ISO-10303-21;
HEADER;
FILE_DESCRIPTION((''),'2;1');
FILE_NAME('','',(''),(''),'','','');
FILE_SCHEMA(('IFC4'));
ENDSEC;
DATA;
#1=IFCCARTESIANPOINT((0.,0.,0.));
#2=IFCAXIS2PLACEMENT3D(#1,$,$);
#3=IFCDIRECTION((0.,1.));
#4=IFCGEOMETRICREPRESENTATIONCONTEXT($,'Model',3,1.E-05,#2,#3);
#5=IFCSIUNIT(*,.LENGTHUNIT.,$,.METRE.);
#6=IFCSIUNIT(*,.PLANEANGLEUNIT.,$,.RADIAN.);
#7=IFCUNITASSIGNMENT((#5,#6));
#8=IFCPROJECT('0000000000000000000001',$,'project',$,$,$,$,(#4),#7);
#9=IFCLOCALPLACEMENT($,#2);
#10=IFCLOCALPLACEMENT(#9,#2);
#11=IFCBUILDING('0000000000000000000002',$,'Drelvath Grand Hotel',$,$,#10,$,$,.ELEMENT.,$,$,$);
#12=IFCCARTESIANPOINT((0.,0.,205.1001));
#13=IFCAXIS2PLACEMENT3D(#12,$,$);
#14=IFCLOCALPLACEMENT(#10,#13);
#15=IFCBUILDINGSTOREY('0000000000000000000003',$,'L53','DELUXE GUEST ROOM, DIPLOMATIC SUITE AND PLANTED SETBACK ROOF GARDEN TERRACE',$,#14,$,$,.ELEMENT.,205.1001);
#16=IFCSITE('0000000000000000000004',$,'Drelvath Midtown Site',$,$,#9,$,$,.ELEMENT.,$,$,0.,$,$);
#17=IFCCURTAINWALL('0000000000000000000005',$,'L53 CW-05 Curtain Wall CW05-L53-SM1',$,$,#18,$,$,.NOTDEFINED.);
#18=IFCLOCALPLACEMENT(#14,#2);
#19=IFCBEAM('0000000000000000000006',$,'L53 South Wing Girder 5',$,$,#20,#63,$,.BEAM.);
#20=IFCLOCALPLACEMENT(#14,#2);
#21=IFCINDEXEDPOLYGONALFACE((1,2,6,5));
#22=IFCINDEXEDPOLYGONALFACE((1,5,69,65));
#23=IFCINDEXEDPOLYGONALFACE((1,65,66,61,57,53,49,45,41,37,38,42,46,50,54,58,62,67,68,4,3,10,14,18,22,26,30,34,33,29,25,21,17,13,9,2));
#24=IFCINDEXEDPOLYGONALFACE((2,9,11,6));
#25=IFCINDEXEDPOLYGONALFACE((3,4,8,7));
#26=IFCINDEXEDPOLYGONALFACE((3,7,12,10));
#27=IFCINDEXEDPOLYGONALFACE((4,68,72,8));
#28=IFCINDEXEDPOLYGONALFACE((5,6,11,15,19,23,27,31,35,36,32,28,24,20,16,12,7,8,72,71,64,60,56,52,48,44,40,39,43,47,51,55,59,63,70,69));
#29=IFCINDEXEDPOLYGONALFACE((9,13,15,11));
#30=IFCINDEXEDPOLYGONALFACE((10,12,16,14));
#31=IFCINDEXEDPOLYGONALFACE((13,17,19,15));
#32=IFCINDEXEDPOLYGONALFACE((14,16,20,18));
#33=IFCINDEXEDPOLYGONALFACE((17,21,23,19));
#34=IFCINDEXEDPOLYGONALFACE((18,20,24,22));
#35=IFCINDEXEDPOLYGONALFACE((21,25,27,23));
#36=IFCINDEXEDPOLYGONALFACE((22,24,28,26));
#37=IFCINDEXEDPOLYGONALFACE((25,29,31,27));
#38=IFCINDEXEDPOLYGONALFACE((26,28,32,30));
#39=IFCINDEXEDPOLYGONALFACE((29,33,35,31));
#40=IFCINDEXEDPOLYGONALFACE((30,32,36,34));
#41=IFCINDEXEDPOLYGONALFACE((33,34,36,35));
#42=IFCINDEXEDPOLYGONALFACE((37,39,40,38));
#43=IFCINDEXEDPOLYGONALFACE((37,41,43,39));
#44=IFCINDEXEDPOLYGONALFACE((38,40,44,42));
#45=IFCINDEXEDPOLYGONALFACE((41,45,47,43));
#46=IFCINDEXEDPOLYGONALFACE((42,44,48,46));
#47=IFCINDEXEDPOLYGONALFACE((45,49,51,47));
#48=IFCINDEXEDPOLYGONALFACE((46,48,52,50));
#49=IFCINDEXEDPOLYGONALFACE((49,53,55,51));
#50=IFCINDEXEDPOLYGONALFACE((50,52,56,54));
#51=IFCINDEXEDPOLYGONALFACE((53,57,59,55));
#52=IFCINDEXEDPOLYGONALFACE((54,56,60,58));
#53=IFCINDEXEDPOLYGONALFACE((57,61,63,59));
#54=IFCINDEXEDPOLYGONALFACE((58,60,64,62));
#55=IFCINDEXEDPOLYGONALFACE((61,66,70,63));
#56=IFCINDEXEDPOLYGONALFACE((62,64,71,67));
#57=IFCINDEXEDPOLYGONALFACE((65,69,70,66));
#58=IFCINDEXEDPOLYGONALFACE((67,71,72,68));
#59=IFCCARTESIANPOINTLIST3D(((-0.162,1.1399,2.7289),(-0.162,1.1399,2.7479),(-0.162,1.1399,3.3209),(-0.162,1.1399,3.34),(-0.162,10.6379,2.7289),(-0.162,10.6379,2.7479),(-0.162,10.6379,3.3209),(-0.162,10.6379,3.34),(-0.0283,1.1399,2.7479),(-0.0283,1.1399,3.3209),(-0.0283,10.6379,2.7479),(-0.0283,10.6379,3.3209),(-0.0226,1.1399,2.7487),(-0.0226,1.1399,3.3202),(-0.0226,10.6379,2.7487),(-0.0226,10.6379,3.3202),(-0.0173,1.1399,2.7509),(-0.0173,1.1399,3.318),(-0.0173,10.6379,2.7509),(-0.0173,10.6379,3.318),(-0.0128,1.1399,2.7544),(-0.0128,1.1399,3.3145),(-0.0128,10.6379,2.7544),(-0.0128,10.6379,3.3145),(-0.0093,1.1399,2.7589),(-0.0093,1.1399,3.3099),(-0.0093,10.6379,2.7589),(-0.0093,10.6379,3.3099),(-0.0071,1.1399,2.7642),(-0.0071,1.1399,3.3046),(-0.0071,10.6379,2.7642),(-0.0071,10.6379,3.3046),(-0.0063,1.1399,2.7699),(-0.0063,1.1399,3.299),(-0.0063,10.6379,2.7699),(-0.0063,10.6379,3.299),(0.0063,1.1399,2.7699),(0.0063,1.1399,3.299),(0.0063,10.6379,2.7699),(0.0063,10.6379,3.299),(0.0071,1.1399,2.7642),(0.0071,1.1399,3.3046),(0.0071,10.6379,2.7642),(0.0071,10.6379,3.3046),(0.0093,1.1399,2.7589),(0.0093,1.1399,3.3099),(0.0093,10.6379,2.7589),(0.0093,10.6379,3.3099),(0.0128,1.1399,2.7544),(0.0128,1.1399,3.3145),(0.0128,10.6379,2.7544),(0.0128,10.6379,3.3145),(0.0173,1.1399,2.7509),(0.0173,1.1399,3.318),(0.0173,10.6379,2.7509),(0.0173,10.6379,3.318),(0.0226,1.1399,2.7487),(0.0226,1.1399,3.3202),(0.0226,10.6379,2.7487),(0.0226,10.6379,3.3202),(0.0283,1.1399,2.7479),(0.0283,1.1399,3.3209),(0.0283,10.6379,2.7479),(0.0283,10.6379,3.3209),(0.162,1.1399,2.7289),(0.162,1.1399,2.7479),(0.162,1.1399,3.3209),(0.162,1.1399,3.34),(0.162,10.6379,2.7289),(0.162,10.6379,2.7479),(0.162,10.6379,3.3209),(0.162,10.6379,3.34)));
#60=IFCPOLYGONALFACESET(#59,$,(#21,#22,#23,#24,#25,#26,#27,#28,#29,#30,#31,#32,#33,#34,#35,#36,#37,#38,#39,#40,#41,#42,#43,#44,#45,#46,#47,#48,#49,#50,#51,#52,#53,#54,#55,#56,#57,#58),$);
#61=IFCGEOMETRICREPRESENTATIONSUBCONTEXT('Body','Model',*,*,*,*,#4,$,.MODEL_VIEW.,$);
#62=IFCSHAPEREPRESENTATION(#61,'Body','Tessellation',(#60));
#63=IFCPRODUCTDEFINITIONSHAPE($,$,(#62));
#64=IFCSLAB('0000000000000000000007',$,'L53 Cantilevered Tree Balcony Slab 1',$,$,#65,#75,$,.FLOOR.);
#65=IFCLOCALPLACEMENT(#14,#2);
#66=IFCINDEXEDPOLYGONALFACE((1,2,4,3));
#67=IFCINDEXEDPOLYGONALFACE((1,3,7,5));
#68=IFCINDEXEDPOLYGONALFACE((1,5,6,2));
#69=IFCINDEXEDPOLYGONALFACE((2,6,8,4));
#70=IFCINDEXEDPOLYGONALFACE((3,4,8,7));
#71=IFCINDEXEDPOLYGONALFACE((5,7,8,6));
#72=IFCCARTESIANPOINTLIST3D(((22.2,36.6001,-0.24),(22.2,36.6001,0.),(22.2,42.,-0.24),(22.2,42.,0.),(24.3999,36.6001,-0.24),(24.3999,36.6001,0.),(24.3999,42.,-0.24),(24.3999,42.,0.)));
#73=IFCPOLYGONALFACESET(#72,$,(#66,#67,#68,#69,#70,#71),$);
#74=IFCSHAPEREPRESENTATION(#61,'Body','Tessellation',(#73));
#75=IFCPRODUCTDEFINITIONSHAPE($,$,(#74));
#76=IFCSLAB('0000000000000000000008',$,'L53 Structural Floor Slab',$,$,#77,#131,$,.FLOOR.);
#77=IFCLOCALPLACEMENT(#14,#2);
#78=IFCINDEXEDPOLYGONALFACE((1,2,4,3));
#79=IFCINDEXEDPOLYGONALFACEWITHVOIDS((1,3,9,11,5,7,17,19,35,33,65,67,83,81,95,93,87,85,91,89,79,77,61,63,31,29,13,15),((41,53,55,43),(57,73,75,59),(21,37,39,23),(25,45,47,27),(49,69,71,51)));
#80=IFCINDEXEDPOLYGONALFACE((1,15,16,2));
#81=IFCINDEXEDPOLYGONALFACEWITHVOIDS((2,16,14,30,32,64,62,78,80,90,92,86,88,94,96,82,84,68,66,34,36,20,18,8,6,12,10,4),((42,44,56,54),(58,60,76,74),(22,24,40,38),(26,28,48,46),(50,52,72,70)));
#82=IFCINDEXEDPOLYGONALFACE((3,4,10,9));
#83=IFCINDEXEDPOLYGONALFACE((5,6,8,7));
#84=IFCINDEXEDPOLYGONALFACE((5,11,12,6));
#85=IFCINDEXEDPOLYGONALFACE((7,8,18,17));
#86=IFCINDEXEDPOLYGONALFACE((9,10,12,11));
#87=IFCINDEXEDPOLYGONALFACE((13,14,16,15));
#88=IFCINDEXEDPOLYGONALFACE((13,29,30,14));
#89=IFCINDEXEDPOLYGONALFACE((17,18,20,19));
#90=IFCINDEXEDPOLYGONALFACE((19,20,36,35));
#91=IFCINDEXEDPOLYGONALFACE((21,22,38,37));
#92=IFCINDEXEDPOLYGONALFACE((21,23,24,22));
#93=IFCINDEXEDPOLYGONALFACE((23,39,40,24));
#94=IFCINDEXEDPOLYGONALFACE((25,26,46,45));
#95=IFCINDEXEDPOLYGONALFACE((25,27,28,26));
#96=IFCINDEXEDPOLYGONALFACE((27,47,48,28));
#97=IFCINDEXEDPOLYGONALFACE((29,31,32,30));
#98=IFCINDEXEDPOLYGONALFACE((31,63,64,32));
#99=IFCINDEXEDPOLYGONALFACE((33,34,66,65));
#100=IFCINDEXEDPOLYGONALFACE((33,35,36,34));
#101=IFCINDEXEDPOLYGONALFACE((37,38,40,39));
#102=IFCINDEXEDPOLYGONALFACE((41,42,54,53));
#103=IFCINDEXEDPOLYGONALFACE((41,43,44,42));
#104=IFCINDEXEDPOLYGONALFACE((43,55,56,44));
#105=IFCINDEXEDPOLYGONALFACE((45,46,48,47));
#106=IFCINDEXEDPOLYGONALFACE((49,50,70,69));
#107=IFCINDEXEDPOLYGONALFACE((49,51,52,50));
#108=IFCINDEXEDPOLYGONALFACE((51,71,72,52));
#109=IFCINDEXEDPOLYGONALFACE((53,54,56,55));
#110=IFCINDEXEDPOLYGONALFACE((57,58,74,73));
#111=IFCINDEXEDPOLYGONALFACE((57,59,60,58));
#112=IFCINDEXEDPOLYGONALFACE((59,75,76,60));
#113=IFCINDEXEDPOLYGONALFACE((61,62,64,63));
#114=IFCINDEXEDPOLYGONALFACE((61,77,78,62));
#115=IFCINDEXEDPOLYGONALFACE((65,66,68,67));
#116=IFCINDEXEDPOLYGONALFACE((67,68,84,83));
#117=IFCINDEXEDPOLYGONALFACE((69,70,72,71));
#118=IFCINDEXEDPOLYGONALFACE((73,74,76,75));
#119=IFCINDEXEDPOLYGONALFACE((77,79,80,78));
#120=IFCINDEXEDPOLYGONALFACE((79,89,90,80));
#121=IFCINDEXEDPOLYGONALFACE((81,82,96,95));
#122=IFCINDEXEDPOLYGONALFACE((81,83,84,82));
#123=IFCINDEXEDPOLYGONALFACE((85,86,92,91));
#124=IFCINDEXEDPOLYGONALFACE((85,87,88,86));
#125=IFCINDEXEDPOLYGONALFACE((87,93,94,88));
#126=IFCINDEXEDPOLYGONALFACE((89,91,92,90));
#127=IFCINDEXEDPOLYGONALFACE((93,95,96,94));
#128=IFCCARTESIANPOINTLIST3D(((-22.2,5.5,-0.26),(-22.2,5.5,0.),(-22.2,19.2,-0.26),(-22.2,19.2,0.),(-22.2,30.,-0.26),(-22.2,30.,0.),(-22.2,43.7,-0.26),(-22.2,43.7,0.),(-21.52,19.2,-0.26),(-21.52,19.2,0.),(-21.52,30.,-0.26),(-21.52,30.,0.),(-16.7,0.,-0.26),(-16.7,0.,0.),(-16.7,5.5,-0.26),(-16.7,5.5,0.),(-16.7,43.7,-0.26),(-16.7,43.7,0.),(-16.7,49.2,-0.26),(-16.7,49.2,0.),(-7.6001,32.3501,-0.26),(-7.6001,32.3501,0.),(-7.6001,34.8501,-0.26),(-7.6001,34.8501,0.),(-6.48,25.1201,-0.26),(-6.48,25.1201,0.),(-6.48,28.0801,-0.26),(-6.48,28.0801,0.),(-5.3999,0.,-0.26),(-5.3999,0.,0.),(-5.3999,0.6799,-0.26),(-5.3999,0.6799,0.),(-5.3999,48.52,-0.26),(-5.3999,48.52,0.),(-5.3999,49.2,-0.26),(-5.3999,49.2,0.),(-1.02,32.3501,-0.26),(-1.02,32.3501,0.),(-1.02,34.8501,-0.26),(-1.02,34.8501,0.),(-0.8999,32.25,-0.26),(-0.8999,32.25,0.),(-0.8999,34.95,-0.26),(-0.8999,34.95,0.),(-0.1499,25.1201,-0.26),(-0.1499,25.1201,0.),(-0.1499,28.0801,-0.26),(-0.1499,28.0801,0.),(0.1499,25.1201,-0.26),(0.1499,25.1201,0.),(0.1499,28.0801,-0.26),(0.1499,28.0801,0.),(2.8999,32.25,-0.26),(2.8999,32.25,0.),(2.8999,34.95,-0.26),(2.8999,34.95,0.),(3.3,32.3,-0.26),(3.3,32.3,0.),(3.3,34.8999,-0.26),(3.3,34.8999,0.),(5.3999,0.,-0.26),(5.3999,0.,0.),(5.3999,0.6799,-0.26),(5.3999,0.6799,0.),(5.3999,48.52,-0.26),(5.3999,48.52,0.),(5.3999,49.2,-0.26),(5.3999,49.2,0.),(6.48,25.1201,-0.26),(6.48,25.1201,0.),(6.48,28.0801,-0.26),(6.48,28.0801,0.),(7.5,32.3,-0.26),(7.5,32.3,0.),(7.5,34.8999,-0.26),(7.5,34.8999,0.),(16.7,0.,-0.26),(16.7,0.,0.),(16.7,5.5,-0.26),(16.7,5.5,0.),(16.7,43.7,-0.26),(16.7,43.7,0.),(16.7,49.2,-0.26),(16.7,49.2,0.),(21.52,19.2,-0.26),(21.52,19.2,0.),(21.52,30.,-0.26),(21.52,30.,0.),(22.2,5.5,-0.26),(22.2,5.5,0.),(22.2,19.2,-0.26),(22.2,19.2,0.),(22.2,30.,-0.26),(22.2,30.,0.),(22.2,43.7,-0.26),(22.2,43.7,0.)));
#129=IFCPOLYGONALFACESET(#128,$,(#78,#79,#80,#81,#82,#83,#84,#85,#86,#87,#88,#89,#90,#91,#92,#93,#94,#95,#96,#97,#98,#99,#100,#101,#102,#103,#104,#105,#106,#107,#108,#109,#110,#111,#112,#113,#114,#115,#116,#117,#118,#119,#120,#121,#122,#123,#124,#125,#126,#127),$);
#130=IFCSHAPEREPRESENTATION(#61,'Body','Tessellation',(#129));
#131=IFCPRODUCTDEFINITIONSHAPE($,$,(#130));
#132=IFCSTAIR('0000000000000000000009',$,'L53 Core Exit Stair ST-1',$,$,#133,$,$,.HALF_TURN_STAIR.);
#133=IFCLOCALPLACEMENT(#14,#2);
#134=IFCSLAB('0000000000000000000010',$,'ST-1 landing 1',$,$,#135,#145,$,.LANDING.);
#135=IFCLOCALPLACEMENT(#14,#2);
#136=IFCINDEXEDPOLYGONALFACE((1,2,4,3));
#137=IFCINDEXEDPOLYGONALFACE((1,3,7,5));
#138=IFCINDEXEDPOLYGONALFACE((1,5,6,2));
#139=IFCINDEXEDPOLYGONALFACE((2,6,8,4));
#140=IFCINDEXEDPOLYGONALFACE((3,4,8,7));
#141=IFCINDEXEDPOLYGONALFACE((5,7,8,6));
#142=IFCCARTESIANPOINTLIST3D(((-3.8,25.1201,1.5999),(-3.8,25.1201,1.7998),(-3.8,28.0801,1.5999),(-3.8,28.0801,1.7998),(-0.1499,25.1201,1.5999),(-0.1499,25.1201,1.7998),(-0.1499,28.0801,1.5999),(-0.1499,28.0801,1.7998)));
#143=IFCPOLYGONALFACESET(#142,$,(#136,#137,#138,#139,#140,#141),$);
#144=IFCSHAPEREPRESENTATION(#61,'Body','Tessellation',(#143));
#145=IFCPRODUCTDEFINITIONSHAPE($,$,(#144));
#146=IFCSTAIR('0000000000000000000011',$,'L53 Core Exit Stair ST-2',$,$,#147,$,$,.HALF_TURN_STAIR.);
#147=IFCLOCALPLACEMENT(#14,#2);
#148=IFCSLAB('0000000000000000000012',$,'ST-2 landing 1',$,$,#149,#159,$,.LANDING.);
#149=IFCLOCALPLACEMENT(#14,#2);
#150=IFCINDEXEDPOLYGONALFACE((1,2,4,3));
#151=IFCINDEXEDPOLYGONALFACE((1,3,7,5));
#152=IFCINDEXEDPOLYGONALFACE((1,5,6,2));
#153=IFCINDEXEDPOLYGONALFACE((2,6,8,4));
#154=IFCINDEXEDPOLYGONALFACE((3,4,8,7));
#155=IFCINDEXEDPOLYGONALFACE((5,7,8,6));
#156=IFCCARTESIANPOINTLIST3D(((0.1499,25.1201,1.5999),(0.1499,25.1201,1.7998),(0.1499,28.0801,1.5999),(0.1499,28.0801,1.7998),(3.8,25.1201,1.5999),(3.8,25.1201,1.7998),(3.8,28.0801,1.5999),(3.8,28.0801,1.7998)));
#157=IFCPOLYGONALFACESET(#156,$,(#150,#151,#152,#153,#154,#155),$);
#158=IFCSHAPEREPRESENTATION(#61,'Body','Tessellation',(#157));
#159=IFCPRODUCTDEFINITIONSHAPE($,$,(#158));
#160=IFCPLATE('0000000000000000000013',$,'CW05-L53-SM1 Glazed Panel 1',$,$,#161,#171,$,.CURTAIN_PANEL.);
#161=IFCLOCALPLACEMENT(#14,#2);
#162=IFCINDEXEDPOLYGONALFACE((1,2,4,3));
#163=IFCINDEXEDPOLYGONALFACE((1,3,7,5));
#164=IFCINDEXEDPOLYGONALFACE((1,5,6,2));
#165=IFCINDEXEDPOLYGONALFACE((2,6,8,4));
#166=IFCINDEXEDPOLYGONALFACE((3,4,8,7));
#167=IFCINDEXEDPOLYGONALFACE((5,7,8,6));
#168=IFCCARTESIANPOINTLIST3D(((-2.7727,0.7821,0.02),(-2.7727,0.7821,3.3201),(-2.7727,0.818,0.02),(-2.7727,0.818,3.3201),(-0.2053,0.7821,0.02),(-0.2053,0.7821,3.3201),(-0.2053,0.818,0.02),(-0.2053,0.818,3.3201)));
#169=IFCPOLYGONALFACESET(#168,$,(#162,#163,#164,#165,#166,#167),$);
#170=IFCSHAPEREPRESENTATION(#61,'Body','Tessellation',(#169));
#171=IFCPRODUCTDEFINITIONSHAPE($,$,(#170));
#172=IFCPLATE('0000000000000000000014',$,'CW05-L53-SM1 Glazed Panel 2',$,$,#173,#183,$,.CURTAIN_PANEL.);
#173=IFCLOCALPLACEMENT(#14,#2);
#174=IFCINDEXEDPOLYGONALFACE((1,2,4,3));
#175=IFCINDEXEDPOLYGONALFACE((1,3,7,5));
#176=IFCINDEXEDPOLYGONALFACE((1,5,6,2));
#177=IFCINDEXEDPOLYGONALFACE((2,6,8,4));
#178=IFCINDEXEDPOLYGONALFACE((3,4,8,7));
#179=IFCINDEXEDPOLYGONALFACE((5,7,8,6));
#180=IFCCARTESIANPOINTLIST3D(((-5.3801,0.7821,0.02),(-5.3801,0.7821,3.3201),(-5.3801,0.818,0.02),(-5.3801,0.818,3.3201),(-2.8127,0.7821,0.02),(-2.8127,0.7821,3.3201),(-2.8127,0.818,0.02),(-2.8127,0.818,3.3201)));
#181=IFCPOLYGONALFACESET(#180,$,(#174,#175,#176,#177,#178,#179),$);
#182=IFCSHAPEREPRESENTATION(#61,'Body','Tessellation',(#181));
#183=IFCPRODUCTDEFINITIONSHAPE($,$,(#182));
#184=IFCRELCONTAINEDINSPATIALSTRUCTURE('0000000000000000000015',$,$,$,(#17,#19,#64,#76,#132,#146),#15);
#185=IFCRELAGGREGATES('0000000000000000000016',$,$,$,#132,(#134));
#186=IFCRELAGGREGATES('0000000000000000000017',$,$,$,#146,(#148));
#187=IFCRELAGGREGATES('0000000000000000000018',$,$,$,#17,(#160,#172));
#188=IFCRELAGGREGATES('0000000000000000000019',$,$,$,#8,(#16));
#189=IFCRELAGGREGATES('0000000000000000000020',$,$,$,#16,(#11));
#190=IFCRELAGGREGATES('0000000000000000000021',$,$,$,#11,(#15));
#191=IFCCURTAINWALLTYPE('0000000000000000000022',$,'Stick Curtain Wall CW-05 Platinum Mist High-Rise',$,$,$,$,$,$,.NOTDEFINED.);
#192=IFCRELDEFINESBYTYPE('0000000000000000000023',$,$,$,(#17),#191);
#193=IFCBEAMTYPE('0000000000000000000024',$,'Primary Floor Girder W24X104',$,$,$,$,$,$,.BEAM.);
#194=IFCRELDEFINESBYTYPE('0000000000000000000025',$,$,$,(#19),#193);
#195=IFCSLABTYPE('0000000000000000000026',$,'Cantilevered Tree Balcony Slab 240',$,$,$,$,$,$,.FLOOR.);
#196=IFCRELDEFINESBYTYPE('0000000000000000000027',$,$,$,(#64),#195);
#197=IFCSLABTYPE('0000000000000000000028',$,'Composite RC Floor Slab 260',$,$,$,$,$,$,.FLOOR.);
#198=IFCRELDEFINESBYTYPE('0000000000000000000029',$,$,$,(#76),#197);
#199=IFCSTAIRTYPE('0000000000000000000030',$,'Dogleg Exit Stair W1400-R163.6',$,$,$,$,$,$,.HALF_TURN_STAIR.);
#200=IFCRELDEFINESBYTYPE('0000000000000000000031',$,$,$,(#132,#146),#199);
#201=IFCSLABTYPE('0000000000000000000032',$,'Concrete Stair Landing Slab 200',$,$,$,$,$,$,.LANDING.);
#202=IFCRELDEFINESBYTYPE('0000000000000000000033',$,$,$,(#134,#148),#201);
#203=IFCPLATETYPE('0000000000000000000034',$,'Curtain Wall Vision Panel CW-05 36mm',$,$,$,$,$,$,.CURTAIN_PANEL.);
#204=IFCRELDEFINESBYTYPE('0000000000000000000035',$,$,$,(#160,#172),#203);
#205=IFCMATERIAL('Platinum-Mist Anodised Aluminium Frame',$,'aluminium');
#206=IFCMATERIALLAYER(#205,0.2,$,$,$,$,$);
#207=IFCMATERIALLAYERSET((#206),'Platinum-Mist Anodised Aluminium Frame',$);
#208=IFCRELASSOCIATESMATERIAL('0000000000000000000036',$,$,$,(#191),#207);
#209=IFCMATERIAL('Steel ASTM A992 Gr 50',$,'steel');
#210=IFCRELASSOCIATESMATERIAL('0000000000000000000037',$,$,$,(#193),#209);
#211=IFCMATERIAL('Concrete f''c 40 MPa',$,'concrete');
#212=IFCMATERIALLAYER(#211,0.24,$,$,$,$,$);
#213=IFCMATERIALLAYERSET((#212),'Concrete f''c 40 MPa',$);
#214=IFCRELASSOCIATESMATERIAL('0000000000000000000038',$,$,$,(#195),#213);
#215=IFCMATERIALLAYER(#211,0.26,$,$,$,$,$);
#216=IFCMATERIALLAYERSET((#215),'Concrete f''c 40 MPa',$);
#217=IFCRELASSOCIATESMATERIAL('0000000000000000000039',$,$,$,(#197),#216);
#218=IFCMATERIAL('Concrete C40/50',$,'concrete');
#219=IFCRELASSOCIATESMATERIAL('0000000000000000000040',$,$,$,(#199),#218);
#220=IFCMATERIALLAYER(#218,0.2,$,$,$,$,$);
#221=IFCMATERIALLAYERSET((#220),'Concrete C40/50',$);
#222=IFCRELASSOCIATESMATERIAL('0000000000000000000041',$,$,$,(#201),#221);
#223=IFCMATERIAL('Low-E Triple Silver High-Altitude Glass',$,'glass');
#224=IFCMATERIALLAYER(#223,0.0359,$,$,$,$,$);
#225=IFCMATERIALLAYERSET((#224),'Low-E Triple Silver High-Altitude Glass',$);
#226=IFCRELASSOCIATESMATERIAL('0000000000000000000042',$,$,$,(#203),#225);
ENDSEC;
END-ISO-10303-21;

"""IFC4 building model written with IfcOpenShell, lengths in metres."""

from ifc_helpers import new_model, si_unit, direction, frame, origin, origin_2d, place, context, subcontext, project, spatial, polyline, rectangle, i_section, outline, extrude, material, layer, layer_set, material_profile, profile_set, type_object, element, aggregate, save


model = new_model("IFC4")

# Units and contexts
model_context = context("Model", 3, precision=1e-05, world=origin(), true_north=direction((0.0, 1.0)))
body_context = subcontext(model_context, "Body", "Model", "MODEL_VIEW")
ifc_project = project(units=[si_unit("LENGTHUNIT", "METRE"), si_unit("PLANEANGLEUNIT", "RADIAN")], contexts=[model_context])

# Site, building, storey
site_placement = place(None, origin())
site = spatial("IfcSite", under=ifc_project, at=site_placement, Name="Drelvath Midtown Site", CompositionType="ELEMENT", RefElevation=0.0)
building_placement = place(site_placement, origin())
building = spatial("IfcBuilding", under=site, at=building_placement, Name="Drelvath Grand Hotel", CompositionType="ELEMENT")
storey_placement = place(building_placement, frame((0.0, 0.0, 205.1001)))
storey = spatial("IfcBuildingStorey", under=building, at=storey_placement, Name="L53", Description="DELUXE GUEST ROOM, DIPLOMATIC SUITE AND PLANTED SETBACK ROOF GARDEN TERRACE", CompositionType="ELEMENT", Elevation=205.1001)

# Curtain wall
ifc_material_1 = material(Name="Platinum-Mist Anodised Aluminium Frame", Category="aluminium")
ifc_layer_1 = layer(ifc_material_1, 0.2)
ifc_layer_set_1 = layer_set([ifc_layer_1], Name="Platinum-Mist Anodised Aluminium Frame")
curtain_wall_type = type_object("IfcCurtainWallType", Name="Stick Curtain Wall CW-05 Platinum Mist High-Rise", PredefinedType="NOTDEFINED", material=ifc_layer_set_1)
curtain_wall_1_placement = place(storey_placement, origin())
curtain_wall_1 = element("IfcCurtainWall", 1, at=curtain_wall_1_placement, inside=storey, type_object=curtain_wall_type, Name="L53 CW-05 Curtain Wall CW05-L53-SM1", PredefinedType="NOTDEFINED")

# Beam
ifc_material_2 = material(Name="Steel ASTM A992 Gr 50", Category="steel")
ifc_material_profile_1 = material_profile(ifc_material_2, i_section(OverallWidth=0.324, OverallDepth=0.6111, WebThickness=0.0127, FlangeThickness=0.019, FilletRadius=0.022, at=origin_2d()), Name="W24X104")
ifc_profile_set_1 = profile_set([ifc_material_profile_1], Name="Steel ASTM A992 Gr 50")
beam_type = type_object("IfcBeamType", Name="Primary Floor Girder W24X104", PredefinedType="BEAM", material=ifc_profile_set_1)
beam_placement = place(storey_placement, frame((0.0, 1.1399, 3.0344), z_axis=(0.0, 1.0, 0.0), x_axis=(-1.0, 0.0, 0.0)))
element("IfcBeam", 2, at=beam_placement, inside=storey, type_object=beam_type, Name="L53 South Wing Girder 5", PredefinedType="BEAM", context=body_context, shape_type="SweptSolid", body=[
    extrude(i_section(OverallWidth=0.324, OverallDepth=0.6111, WebThickness=0.0127, FlangeThickness=0.019, FilletRadius=0.022, at=origin_2d()), origin(), (0.0, 0.0, 1.0), 9.498),
])

# Slabs
ifc_material_3 = material(Name="Concrete f'c 40 MPa", Category="concrete")
ifc_layer_2 = layer(ifc_material_3, 0.24)
ifc_layer_set_2 = layer_set([ifc_layer_2], Name="Concrete f'c 40 MPa")
slab_type_1 = type_object("IfcSlabType", Name="Cantilevered Tree Balcony Slab 240", PredefinedType="FLOOR", material=ifc_layer_set_2)
slab_1_placement = place(storey_placement, frame((0.0, 0.0, -0.24)))
element("IfcSlab", 3, at=slab_1_placement, inside=storey, type_object=slab_type_1, Name="L53 Cantilevered Tree Balcony Slab 1", PredefinedType="FLOOR", context=body_context, shape_type="SweptSolid", body=[
    extrude(outline(polyline([(22.2, 36.6001), (24.3999, 36.6001), (24.3999, 42.0), (22.2, 42.0), (22.2, 36.6001)])), origin(), (0.0, 0.0, 1.0), 0.24),
])
ifc_layer_3 = layer(ifc_material_3, 0.26)
ifc_layer_set_3 = layer_set([ifc_layer_3], Name="Concrete f'c 40 MPa")
slab_type_2 = type_object("IfcSlabType", Name="Composite RC Floor Slab 260", PredefinedType="FLOOR", material=ifc_layer_set_3)
slab_2_placement = place(storey_placement, frame((0.0, 0.0, -0.26)))
element("IfcSlab", 4, at=slab_2_placement, inside=storey, type_object=slab_type_2, Name="L53 Structural Floor Slab", PredefinedType="FLOOR", context=body_context, shape_type="SweptSolid", body=[
    extrude(outline(polyline([(-16.7, 0.0), (-5.3999, 0.0), (-5.3999, 0.6799), (5.3999, 0.6799), (5.3999, 0.0), (16.7, 0.0), (16.7, 5.5), (22.2, 5.5), (22.2, 19.2), (21.52, 19.2), (21.52, 30.0), (22.2, 30.0), (22.2, 43.7), (16.7, 43.7), (16.7, 49.2), (5.3999, 49.2), (5.3999, 48.52), (-5.3999, 48.52), (-5.3999, 49.2), (-16.7, 49.2), (-16.7, 43.7), (-22.2, 43.7), (-22.2, 30.0), (-21.52, 30.0), (-21.52, 19.2), (-22.2, 19.2), (-22.2, 5.5), (-16.7, 5.5), (-16.7, 0.0)]), holes=[polyline([(-6.48, 25.1201), (-6.48, 28.0801), (-0.1499, 28.0801), (-0.1499, 25.1201), (-6.48, 25.1201)]), polyline([(0.1499, 25.1201), (0.1499, 28.0801), (6.48, 28.0801), (6.48, 25.1201), (0.1499, 25.1201)]), polyline([(-7.6001, 32.3501), (-7.6001, 34.8501), (-1.02, 34.8501), (-1.02, 32.3501), (-7.6001, 32.3501)]), polyline([(-0.8999, 32.25), (-0.8999, 34.95), (2.8999, 34.95), (2.8999, 32.25), (-0.8999, 32.25)]), polyline([(3.3, 32.3), (3.3, 34.8999), (7.5, 34.8999), (7.5, 32.3), (3.3, 32.3)])]), origin(), (0.0, 0.0, 1.0), 0.26),
])

# Stairs, slabs
ifc_material_4 = material(Name="Concrete C40/50", Category="concrete")
stair_type = type_object("IfcStairType", Name="Dogleg Exit Stair W1400-R163.6", PredefinedType="HALF_TURN_STAIR", material=ifc_material_4)
stair_1_placement = place(storey_placement, origin())
stair_1 = element("IfcStair", 5, at=stair_1_placement, inside=storey, type_object=stair_type, Name="L53 Core Exit Stair ST-1", PredefinedType="HALF_TURN_STAIR")
ifc_layer_4 = layer(ifc_material_4, 0.2)
ifc_layer_set_4 = layer_set([ifc_layer_4], Name="Concrete C40/50")
slab_type_3 = type_object("IfcSlabType", Name="Concrete Stair Landing Slab 200", PredefinedType="LANDING", material=ifc_layer_set_4)
slab_3_placement = place(storey_placement, frame((0.0, 0.0, 1.5999)))
slab_3 = element("IfcSlab", 6, at=slab_3_placement, type_object=slab_type_3, Name="ST-1 landing 1", PredefinedType="LANDING", context=body_context, shape_type="SweptSolid", body=[
    extrude(outline(polyline([(-3.8, 25.1201), (-0.1499, 25.1201), (-0.1499, 28.0801), (-3.8, 28.0801), (-3.8, 25.1201)])), origin(), (0.0, 0.0, 1.0), 0.2),
])
aggregate(stair_1, [slab_3])
stair_2_placement = place(storey_placement, origin())
stair_2 = element("IfcStair", 7, at=stair_2_placement, inside=storey, type_object=stair_type, Name="L53 Core Exit Stair ST-2", PredefinedType="HALF_TURN_STAIR")
slab_4_placement = place(storey_placement, frame((0.0, 0.0, 1.5999)))
slab_4 = element("IfcSlab", 8, at=slab_4_placement, type_object=slab_type_3, Name="ST-2 landing 1", PredefinedType="LANDING", context=body_context, shape_type="SweptSolid", body=[
    extrude(outline(polyline([(3.8, 28.0801), (0.1499, 28.0801), (0.1499, 25.1201), (3.8, 25.1201), (3.8, 28.0801)])), origin(), (0.0, 0.0, 1.0), 0.2),
])
aggregate(stair_2, [slab_4])

# Plates
ifc_material_5 = material(Name="Low-E Triple Silver High-Altitude Glass", Category="glass")
ifc_layer_5 = layer(ifc_material_5, 0.0359)
ifc_layer_set_5 = layer_set([ifc_layer_5], Name="Low-E Triple Silver High-Altitude Glass")
plate_type = type_object("IfcPlateType", Name="Curtain Wall Vision Panel CW-05 36mm", PredefinedType="CURTAIN_PANEL", material=ifc_layer_set_5)
plate_1_placement = place(storey_placement, frame((-1.489, 0.8, 0.02), z_axis=(0.0, 0.0, 1.0), x_axis=(-1.0, 0.0, 0.0)))
plate_1 = element("IfcPlate", 9, at=plate_1_placement, type_object=plate_type, Name="CW05-L53-SM1 Glazed Panel 1", PredefinedType="CURTAIN_PANEL", context=body_context, shape_type="SweptSolid", body=[
    extrude(rectangle(XDim=2.5674, YDim=0.0359, at=origin_2d()), origin(), (0.0, 0.0, 1.0), 3.3),
])
plate_2_placement = place(storey_placement, frame((-4.0964, 0.8, 0.02), z_axis=(0.0, 0.0, 1.0), x_axis=(-1.0, 0.0, 0.0)))
plate_2 = element("IfcPlate", 10, at=plate_2_placement, type_object=plate_type, Name="CW05-L53-SM1 Glazed Panel 2", PredefinedType="CURTAIN_PANEL", context=body_context, shape_type="SweptSolid", body=[
    extrude(rectangle(XDim=2.5674, YDim=0.0359, at=origin_2d()), origin(), (0.0, 0.0, 1.0), 3.3),
])
aggregate(curtain_wall_1, [plate_1, plate_2])

save(model, "model.ifc")
